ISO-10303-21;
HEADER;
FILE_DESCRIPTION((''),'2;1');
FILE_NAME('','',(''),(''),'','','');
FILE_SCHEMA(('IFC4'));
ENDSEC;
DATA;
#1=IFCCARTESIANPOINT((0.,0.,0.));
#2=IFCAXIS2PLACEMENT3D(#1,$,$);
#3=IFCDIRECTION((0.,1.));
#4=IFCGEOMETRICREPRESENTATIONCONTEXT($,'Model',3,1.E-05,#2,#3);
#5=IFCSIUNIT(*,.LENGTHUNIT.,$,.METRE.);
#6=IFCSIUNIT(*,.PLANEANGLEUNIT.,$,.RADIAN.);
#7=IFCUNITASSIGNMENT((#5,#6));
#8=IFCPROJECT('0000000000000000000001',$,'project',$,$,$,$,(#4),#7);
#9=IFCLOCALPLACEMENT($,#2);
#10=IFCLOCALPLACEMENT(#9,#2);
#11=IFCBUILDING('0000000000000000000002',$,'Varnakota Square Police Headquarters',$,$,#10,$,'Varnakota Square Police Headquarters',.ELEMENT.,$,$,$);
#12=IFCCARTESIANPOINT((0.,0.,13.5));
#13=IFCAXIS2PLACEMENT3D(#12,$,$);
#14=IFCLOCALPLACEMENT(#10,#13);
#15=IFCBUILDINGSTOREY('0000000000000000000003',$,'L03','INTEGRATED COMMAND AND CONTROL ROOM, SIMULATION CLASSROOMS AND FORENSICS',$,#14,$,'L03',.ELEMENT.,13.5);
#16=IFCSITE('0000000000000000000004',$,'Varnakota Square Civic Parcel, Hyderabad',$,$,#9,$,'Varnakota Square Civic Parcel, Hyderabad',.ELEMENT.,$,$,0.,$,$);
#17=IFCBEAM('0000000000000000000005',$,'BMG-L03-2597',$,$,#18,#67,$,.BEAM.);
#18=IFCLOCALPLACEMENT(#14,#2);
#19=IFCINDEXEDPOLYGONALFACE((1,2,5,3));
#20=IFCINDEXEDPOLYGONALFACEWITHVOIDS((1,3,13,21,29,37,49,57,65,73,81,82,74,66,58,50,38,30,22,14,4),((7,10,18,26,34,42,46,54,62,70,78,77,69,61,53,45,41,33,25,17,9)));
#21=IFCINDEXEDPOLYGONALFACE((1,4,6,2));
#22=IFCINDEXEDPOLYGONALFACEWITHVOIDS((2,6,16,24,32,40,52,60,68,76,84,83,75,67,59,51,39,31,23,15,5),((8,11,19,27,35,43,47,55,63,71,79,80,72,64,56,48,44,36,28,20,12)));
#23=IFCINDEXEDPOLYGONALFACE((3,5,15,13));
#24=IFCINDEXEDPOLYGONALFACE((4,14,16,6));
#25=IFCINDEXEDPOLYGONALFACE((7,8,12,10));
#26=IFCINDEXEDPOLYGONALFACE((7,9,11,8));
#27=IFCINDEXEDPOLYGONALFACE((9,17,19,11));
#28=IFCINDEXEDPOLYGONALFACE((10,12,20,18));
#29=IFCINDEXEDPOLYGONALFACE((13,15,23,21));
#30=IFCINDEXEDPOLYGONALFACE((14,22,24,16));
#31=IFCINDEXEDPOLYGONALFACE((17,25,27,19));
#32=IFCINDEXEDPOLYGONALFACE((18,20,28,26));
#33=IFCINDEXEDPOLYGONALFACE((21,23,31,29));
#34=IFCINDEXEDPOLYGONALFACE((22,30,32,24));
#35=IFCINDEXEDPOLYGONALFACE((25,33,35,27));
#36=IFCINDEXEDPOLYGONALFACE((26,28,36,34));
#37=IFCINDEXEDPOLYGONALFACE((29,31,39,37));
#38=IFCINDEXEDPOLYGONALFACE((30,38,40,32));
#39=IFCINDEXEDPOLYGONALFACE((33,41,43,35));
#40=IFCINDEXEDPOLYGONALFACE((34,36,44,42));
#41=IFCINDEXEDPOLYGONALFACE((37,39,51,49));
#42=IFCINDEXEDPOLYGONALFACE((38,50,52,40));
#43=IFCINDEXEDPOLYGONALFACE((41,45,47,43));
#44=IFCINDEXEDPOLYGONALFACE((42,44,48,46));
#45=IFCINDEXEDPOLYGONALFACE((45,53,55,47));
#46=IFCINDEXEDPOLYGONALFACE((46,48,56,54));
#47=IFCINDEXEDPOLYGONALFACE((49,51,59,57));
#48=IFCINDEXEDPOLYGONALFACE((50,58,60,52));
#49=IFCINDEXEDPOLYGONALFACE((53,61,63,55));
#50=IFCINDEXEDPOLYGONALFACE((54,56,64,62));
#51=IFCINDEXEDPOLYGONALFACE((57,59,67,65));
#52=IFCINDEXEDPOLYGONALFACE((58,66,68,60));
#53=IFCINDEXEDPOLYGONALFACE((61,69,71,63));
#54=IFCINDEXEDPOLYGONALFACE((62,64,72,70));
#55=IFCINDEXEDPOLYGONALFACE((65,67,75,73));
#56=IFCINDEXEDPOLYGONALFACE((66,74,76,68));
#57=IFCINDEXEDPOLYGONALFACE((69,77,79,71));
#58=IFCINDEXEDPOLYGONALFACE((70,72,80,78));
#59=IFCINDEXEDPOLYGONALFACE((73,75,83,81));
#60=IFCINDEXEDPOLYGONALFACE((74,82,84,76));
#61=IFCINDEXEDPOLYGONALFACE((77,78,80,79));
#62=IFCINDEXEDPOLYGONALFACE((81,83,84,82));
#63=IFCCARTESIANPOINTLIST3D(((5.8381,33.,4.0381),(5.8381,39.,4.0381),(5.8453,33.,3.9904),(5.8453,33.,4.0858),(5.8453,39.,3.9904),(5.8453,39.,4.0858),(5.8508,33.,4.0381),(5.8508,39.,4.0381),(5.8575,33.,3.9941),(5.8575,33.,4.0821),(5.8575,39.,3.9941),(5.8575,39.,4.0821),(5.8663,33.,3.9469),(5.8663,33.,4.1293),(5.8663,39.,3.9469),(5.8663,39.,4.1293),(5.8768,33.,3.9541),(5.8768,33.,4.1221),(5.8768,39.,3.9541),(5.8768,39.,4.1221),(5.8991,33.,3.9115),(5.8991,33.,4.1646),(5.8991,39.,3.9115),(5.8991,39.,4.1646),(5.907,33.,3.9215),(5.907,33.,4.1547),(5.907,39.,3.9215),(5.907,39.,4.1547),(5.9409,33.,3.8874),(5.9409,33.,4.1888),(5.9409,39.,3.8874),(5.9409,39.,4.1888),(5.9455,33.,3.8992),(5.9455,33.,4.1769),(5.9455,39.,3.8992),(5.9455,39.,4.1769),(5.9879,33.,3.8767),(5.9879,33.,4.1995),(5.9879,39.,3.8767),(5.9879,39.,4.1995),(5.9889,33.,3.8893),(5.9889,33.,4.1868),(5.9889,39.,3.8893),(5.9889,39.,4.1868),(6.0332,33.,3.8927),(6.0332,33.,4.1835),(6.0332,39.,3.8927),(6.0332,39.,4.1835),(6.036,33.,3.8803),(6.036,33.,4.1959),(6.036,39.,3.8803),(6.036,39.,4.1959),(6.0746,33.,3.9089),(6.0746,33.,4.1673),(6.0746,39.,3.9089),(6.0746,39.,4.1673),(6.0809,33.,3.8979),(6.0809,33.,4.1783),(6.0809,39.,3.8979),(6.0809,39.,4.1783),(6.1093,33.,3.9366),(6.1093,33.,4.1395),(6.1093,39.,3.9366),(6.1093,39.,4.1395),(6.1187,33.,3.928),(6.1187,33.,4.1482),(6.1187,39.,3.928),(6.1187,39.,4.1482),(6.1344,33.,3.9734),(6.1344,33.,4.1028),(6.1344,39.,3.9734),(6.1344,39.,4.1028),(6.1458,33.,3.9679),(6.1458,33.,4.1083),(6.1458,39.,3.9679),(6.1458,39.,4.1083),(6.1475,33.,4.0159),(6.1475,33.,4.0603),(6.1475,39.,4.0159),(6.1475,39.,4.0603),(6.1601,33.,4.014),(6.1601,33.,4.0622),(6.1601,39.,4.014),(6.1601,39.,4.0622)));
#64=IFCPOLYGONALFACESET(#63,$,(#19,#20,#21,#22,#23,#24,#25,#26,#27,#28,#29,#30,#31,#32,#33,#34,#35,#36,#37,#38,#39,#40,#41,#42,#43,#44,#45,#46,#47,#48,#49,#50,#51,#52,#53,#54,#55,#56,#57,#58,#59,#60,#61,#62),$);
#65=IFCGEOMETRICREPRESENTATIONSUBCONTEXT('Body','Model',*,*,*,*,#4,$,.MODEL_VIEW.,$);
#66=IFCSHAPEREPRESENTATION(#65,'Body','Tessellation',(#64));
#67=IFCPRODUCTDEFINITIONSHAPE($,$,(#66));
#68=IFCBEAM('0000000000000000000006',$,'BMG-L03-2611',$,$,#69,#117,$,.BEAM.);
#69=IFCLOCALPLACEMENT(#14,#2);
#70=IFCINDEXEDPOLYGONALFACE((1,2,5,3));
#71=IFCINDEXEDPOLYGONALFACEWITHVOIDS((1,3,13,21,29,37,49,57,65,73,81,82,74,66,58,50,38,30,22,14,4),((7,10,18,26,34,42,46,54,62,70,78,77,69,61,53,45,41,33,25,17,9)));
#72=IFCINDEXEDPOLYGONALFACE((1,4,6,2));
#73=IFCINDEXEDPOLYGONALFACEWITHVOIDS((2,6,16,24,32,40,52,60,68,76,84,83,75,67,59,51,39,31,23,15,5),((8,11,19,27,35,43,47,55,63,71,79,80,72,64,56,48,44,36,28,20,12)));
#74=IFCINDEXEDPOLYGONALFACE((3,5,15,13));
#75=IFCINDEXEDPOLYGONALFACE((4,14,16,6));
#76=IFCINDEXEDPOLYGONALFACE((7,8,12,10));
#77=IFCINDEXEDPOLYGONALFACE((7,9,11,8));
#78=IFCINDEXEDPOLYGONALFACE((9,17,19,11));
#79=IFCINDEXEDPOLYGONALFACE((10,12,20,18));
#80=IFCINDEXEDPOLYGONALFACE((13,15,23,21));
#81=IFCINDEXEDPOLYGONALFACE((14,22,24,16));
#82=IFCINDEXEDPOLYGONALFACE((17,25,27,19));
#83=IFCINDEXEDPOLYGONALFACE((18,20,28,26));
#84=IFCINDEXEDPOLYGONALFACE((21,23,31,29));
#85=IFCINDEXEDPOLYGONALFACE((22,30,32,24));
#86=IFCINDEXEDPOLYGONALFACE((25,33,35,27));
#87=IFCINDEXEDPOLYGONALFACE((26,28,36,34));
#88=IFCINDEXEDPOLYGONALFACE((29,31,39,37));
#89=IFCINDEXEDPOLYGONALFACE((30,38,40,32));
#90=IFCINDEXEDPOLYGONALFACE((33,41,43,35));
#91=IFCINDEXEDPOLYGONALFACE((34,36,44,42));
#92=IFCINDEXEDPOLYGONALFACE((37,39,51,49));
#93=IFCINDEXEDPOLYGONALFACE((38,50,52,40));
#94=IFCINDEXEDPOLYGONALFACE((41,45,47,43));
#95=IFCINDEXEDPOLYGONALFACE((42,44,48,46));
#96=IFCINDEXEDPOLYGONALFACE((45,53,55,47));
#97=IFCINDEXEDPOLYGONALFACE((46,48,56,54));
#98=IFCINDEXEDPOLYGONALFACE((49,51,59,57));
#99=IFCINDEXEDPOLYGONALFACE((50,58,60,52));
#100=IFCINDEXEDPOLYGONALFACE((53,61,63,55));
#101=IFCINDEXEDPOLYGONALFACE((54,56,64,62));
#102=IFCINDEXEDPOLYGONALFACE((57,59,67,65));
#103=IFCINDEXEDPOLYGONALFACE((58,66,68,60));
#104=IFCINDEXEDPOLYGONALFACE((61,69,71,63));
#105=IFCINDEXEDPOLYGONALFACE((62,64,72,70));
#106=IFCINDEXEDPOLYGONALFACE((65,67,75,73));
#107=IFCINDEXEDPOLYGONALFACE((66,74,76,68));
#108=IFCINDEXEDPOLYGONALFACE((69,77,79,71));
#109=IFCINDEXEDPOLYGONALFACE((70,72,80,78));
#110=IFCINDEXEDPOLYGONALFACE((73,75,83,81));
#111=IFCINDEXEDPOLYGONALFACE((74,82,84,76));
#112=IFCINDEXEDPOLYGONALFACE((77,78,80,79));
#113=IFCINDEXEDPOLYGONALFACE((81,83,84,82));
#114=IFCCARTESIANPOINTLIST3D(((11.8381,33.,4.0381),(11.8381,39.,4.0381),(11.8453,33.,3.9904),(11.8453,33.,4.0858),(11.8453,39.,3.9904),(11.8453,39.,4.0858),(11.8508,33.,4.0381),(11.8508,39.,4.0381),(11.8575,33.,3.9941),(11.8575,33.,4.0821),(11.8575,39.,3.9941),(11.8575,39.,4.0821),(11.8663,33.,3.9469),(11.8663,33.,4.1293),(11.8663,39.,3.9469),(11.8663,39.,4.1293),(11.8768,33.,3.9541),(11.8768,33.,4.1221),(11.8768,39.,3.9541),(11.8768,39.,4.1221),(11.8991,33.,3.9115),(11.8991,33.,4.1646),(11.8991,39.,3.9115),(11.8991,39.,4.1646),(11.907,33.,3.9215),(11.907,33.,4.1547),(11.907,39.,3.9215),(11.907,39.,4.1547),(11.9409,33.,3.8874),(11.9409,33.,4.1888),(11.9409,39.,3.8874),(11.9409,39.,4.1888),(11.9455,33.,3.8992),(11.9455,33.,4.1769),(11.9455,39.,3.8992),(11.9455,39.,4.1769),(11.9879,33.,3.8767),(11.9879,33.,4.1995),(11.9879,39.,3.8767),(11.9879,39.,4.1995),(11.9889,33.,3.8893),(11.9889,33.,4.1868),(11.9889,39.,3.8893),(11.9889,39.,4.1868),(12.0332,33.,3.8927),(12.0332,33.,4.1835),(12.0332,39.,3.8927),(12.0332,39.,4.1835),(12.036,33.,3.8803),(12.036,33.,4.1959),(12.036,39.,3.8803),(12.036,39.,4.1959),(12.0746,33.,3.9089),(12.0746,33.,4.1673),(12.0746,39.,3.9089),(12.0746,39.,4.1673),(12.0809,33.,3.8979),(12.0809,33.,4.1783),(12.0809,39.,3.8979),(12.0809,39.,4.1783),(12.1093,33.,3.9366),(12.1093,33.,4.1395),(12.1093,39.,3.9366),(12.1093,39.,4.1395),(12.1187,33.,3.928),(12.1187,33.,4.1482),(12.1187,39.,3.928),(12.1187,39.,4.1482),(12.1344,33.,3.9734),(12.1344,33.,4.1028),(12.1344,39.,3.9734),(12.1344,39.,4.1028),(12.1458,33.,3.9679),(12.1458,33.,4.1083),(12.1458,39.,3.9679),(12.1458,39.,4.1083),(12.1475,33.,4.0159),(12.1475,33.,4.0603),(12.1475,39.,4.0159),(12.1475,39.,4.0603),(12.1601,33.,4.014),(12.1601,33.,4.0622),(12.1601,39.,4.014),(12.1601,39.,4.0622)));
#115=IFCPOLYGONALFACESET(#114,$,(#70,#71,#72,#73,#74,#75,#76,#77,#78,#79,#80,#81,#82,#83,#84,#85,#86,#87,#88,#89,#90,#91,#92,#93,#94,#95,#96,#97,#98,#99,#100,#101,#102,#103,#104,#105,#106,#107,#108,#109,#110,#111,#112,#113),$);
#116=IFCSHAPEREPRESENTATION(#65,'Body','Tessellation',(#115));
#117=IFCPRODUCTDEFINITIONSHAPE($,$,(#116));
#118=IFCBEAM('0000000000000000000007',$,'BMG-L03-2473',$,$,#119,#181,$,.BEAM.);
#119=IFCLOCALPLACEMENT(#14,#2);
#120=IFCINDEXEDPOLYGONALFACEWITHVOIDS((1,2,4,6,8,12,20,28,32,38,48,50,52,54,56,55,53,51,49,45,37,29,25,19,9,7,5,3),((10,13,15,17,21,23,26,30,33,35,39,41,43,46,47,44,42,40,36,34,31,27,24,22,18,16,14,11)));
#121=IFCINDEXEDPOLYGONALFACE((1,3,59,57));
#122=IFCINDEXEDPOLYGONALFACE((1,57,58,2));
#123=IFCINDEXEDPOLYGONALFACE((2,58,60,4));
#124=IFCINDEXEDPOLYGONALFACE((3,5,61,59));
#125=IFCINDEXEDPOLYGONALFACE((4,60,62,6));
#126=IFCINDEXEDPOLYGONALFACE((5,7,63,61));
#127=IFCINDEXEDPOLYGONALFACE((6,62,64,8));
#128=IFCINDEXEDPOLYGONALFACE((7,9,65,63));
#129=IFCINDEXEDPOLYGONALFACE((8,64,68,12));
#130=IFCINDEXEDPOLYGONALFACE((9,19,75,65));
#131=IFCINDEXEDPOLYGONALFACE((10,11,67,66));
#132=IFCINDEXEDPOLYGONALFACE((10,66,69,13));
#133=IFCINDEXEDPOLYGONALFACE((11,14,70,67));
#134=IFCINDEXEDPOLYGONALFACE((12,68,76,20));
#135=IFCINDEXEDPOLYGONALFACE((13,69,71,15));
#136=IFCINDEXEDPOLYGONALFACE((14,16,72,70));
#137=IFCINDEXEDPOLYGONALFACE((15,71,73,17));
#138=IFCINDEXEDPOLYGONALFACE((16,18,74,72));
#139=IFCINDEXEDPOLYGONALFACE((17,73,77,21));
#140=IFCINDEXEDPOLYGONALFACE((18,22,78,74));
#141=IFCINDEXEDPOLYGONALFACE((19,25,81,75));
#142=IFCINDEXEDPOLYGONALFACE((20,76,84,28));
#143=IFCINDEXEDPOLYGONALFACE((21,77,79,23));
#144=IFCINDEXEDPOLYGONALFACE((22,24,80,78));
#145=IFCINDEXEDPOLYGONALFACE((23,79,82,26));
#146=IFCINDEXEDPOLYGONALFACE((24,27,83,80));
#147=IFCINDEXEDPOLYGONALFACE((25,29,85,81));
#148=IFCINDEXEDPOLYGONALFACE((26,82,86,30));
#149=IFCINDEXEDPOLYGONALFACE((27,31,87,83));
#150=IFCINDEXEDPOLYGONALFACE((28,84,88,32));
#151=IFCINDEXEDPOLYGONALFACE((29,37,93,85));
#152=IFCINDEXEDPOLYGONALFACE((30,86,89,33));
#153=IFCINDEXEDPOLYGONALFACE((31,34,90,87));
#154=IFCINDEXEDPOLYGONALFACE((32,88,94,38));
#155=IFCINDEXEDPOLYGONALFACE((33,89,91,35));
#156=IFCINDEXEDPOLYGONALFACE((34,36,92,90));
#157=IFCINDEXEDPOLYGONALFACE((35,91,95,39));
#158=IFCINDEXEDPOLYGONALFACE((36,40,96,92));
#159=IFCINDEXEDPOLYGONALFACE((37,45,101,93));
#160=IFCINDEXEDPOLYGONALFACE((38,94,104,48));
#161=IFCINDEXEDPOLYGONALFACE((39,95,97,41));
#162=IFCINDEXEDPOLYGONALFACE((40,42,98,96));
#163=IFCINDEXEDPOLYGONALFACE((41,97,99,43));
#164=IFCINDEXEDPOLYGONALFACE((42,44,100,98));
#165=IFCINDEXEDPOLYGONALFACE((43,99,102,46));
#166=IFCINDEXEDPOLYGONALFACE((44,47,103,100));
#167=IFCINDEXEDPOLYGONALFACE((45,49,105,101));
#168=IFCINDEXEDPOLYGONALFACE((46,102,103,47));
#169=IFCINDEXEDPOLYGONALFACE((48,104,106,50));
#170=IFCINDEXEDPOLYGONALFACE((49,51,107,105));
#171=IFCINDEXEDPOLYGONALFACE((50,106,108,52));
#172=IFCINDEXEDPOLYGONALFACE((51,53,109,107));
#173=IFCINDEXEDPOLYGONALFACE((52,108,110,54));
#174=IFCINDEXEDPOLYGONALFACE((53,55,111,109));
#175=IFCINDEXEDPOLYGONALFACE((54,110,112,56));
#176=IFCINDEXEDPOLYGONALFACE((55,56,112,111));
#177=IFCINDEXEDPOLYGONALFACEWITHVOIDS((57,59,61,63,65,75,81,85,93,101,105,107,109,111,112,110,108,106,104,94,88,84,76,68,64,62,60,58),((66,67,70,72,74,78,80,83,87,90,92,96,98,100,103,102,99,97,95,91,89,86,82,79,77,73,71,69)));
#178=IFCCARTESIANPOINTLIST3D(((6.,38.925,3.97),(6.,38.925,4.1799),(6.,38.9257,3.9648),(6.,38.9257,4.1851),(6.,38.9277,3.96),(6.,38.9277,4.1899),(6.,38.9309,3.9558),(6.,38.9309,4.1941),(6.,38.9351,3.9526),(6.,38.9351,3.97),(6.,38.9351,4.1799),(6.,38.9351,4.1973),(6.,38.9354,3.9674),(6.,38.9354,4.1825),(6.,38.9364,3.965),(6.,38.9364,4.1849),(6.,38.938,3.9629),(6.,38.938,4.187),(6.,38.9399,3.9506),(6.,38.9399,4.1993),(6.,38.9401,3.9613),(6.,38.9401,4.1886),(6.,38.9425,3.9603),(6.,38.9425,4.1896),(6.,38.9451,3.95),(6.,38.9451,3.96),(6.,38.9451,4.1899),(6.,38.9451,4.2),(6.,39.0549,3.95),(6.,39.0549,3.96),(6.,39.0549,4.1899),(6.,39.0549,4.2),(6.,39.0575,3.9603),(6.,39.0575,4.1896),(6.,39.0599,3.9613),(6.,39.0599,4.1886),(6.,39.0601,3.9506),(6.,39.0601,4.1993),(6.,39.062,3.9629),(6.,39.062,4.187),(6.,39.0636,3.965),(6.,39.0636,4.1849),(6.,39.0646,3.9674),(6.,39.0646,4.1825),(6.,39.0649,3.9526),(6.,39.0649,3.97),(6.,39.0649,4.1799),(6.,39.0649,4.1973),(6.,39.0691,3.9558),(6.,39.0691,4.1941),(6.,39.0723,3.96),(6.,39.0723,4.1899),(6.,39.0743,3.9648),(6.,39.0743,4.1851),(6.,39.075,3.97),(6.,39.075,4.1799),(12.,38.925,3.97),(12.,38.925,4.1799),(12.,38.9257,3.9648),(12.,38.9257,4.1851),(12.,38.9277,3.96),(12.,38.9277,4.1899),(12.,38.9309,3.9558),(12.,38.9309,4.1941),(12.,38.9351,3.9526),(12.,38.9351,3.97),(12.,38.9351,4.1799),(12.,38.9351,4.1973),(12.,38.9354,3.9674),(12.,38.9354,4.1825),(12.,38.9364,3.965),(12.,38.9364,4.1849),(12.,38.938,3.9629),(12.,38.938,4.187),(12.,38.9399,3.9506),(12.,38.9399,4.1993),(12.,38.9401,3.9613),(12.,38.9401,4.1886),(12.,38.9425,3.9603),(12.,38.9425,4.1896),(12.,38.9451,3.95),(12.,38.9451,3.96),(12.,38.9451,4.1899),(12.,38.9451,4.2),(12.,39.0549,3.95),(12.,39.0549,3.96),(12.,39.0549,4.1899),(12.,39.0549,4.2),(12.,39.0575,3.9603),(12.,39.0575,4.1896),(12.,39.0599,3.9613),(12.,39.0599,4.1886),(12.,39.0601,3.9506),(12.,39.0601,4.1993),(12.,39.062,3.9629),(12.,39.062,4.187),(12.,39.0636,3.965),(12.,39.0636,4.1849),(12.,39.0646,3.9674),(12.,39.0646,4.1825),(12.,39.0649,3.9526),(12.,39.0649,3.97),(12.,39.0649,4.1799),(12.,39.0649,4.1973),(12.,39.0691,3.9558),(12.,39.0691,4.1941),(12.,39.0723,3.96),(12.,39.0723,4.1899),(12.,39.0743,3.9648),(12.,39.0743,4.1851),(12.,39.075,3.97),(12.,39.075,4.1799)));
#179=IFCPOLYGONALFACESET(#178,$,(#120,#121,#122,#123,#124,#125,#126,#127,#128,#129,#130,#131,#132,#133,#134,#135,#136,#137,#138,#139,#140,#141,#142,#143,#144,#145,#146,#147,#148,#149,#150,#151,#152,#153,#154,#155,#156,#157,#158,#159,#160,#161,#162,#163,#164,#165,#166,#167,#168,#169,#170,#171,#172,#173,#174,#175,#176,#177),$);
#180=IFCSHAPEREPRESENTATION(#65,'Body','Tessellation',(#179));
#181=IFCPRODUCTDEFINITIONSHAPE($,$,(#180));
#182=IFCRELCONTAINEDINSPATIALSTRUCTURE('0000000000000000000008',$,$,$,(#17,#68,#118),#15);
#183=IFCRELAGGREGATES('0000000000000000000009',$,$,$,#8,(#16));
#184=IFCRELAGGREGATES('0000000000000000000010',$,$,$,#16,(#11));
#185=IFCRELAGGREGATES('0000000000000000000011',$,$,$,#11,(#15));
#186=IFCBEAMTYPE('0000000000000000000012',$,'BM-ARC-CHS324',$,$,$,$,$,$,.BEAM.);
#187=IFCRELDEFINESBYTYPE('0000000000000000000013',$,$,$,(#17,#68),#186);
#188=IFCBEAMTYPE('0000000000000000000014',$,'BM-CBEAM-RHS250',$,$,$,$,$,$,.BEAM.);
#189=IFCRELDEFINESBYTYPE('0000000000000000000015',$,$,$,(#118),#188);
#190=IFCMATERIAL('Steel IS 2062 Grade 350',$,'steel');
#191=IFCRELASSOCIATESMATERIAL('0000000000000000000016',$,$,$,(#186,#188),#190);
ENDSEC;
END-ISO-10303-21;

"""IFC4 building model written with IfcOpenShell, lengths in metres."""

from ifc_helpers import new_model, si_unit, direction, frame, origin, origin_2d, place, context, subcontext, project, spatial, hollow_rectangle, hollow_circle, extrude, material, material_profile, profile_set, type_object, element, save


model = new_model("IFC4")

# Units and contexts
model_context = context("Model", 3, precision=1e-05, world=origin(), true_north=direction((0.0, 1.0)))
body_context = subcontext(model_context, "Body", "Model", "MODEL_VIEW")
ifc_project = project(units=[si_unit("LENGTHUNIT", "METRE"), si_unit("PLANEANGLEUNIT", "RADIAN")], contexts=[model_context])

# Site, building, storey
site_placement = place(None, origin())
site = spatial("IfcSite", under=ifc_project, at=site_placement, Name="Varnakota Square Civic Parcel, Hyderabad", LongName="Varnakota Square Civic Parcel, Hyderabad", CompositionType="ELEMENT", RefElevation=0.0)
building_placement = place(site_placement, origin())
building = spatial("IfcBuilding", under=site, at=building_placement, Name="Varnakota Square Police Headquarters", LongName="Varnakota Square Police Headquarters", CompositionType="ELEMENT")
storey_placement = place(building_placement, frame((0.0, 0.0, 13.5)))
storey = spatial("IfcBuildingStorey", under=building, at=storey_placement, Name="L03", Description="INTEGRATED COMMAND AND CONTROL ROOM, SIMULATION CLASSROOMS AND FORENSICS", LongName="L03", CompositionType="ELEMENT", Elevation=13.5)

# Shared definitions
ifc_material_1 = material(Name="Steel IS 2062 Grade 350", Category="steel")

# Beams
ifc_material_profile_1 = material_profile(ifc_material_1, hollow_circle(Radius=0.1619, WallThickness=0.0127, at=origin_2d()), Name="CHS 323.9x12.7")
ifc_profile_set_1 = profile_set([ifc_material_profile_1], Name="Steel IS 2062 Grade 350")
beam_type_1 = type_object("IfcBeamType", Name="BM-ARC-CHS324", PredefinedType="BEAM", material=ifc_profile_set_1)
for number, where, z_axis, x_axis, name in (
    (1, (6.0, 33.0, 4.0381), (0.0, 1.0, 0.0), (-1.0, 0.0, 0.0), "BMG-L03-2597"),
    (2, (12.0, 33.0, 4.0381), (0.0, 1.0, 0.0), (-1.0, 0.0, 0.0), "BMG-L03-2611"),
):
    element("IfcBeam", number, at=place(storey_placement, frame(where, z_axis=z_axis, x_axis=x_axis)), inside=storey, type_object=beam_type_1, Name=name, PredefinedType="BEAM", context=body_context, shape_type="SweptSolid", body=[
        extrude(hollow_circle(Radius=0.1619, WallThickness=0.0127, at=origin_2d()), origin(), (0.0, 0.0, 1.0), 6.0),
    ])
ifc_material_profile_2 = material_profile(ifc_material_1, hollow_rectangle(XDim=0.1499, YDim=0.25, WallThickness=0.01, InnerFilletRadius=0.01, OuterFilletRadius=0.02, at=origin_2d()), Name="RHS 250x150x10")
ifc_profile_set_2 = profile_set([ifc_material_profile_2], Name="Steel IS 2062 Grade 350")
beam_type_2 = type_object("IfcBeamType", Name="BM-CBEAM-RHS250", PredefinedType="BEAM", material=ifc_profile_set_2)
beam_1_placement = place(storey_placement, frame((6.0, 39.0, 4.075), z_axis=(1.0, 0.0, 0.0), x_axis=(0.0, 1.0, 0.0)))
element("IfcBeam", 3, at=beam_1_placement, inside=storey, type_object=beam_type_2, Name="BMG-L03-2473", PredefinedType="BEAM", context=body_context, shape_type="SweptSolid", body=[
    extrude(hollow_rectangle(XDim=0.1499, YDim=0.25, WallThickness=0.01, InnerFilletRadius=0.01, OuterFilletRadius=0.02, at=origin_2d()), origin(), (0.0, 0.0, 1.0), 6.0),
])

save(model, "model.ifc")
